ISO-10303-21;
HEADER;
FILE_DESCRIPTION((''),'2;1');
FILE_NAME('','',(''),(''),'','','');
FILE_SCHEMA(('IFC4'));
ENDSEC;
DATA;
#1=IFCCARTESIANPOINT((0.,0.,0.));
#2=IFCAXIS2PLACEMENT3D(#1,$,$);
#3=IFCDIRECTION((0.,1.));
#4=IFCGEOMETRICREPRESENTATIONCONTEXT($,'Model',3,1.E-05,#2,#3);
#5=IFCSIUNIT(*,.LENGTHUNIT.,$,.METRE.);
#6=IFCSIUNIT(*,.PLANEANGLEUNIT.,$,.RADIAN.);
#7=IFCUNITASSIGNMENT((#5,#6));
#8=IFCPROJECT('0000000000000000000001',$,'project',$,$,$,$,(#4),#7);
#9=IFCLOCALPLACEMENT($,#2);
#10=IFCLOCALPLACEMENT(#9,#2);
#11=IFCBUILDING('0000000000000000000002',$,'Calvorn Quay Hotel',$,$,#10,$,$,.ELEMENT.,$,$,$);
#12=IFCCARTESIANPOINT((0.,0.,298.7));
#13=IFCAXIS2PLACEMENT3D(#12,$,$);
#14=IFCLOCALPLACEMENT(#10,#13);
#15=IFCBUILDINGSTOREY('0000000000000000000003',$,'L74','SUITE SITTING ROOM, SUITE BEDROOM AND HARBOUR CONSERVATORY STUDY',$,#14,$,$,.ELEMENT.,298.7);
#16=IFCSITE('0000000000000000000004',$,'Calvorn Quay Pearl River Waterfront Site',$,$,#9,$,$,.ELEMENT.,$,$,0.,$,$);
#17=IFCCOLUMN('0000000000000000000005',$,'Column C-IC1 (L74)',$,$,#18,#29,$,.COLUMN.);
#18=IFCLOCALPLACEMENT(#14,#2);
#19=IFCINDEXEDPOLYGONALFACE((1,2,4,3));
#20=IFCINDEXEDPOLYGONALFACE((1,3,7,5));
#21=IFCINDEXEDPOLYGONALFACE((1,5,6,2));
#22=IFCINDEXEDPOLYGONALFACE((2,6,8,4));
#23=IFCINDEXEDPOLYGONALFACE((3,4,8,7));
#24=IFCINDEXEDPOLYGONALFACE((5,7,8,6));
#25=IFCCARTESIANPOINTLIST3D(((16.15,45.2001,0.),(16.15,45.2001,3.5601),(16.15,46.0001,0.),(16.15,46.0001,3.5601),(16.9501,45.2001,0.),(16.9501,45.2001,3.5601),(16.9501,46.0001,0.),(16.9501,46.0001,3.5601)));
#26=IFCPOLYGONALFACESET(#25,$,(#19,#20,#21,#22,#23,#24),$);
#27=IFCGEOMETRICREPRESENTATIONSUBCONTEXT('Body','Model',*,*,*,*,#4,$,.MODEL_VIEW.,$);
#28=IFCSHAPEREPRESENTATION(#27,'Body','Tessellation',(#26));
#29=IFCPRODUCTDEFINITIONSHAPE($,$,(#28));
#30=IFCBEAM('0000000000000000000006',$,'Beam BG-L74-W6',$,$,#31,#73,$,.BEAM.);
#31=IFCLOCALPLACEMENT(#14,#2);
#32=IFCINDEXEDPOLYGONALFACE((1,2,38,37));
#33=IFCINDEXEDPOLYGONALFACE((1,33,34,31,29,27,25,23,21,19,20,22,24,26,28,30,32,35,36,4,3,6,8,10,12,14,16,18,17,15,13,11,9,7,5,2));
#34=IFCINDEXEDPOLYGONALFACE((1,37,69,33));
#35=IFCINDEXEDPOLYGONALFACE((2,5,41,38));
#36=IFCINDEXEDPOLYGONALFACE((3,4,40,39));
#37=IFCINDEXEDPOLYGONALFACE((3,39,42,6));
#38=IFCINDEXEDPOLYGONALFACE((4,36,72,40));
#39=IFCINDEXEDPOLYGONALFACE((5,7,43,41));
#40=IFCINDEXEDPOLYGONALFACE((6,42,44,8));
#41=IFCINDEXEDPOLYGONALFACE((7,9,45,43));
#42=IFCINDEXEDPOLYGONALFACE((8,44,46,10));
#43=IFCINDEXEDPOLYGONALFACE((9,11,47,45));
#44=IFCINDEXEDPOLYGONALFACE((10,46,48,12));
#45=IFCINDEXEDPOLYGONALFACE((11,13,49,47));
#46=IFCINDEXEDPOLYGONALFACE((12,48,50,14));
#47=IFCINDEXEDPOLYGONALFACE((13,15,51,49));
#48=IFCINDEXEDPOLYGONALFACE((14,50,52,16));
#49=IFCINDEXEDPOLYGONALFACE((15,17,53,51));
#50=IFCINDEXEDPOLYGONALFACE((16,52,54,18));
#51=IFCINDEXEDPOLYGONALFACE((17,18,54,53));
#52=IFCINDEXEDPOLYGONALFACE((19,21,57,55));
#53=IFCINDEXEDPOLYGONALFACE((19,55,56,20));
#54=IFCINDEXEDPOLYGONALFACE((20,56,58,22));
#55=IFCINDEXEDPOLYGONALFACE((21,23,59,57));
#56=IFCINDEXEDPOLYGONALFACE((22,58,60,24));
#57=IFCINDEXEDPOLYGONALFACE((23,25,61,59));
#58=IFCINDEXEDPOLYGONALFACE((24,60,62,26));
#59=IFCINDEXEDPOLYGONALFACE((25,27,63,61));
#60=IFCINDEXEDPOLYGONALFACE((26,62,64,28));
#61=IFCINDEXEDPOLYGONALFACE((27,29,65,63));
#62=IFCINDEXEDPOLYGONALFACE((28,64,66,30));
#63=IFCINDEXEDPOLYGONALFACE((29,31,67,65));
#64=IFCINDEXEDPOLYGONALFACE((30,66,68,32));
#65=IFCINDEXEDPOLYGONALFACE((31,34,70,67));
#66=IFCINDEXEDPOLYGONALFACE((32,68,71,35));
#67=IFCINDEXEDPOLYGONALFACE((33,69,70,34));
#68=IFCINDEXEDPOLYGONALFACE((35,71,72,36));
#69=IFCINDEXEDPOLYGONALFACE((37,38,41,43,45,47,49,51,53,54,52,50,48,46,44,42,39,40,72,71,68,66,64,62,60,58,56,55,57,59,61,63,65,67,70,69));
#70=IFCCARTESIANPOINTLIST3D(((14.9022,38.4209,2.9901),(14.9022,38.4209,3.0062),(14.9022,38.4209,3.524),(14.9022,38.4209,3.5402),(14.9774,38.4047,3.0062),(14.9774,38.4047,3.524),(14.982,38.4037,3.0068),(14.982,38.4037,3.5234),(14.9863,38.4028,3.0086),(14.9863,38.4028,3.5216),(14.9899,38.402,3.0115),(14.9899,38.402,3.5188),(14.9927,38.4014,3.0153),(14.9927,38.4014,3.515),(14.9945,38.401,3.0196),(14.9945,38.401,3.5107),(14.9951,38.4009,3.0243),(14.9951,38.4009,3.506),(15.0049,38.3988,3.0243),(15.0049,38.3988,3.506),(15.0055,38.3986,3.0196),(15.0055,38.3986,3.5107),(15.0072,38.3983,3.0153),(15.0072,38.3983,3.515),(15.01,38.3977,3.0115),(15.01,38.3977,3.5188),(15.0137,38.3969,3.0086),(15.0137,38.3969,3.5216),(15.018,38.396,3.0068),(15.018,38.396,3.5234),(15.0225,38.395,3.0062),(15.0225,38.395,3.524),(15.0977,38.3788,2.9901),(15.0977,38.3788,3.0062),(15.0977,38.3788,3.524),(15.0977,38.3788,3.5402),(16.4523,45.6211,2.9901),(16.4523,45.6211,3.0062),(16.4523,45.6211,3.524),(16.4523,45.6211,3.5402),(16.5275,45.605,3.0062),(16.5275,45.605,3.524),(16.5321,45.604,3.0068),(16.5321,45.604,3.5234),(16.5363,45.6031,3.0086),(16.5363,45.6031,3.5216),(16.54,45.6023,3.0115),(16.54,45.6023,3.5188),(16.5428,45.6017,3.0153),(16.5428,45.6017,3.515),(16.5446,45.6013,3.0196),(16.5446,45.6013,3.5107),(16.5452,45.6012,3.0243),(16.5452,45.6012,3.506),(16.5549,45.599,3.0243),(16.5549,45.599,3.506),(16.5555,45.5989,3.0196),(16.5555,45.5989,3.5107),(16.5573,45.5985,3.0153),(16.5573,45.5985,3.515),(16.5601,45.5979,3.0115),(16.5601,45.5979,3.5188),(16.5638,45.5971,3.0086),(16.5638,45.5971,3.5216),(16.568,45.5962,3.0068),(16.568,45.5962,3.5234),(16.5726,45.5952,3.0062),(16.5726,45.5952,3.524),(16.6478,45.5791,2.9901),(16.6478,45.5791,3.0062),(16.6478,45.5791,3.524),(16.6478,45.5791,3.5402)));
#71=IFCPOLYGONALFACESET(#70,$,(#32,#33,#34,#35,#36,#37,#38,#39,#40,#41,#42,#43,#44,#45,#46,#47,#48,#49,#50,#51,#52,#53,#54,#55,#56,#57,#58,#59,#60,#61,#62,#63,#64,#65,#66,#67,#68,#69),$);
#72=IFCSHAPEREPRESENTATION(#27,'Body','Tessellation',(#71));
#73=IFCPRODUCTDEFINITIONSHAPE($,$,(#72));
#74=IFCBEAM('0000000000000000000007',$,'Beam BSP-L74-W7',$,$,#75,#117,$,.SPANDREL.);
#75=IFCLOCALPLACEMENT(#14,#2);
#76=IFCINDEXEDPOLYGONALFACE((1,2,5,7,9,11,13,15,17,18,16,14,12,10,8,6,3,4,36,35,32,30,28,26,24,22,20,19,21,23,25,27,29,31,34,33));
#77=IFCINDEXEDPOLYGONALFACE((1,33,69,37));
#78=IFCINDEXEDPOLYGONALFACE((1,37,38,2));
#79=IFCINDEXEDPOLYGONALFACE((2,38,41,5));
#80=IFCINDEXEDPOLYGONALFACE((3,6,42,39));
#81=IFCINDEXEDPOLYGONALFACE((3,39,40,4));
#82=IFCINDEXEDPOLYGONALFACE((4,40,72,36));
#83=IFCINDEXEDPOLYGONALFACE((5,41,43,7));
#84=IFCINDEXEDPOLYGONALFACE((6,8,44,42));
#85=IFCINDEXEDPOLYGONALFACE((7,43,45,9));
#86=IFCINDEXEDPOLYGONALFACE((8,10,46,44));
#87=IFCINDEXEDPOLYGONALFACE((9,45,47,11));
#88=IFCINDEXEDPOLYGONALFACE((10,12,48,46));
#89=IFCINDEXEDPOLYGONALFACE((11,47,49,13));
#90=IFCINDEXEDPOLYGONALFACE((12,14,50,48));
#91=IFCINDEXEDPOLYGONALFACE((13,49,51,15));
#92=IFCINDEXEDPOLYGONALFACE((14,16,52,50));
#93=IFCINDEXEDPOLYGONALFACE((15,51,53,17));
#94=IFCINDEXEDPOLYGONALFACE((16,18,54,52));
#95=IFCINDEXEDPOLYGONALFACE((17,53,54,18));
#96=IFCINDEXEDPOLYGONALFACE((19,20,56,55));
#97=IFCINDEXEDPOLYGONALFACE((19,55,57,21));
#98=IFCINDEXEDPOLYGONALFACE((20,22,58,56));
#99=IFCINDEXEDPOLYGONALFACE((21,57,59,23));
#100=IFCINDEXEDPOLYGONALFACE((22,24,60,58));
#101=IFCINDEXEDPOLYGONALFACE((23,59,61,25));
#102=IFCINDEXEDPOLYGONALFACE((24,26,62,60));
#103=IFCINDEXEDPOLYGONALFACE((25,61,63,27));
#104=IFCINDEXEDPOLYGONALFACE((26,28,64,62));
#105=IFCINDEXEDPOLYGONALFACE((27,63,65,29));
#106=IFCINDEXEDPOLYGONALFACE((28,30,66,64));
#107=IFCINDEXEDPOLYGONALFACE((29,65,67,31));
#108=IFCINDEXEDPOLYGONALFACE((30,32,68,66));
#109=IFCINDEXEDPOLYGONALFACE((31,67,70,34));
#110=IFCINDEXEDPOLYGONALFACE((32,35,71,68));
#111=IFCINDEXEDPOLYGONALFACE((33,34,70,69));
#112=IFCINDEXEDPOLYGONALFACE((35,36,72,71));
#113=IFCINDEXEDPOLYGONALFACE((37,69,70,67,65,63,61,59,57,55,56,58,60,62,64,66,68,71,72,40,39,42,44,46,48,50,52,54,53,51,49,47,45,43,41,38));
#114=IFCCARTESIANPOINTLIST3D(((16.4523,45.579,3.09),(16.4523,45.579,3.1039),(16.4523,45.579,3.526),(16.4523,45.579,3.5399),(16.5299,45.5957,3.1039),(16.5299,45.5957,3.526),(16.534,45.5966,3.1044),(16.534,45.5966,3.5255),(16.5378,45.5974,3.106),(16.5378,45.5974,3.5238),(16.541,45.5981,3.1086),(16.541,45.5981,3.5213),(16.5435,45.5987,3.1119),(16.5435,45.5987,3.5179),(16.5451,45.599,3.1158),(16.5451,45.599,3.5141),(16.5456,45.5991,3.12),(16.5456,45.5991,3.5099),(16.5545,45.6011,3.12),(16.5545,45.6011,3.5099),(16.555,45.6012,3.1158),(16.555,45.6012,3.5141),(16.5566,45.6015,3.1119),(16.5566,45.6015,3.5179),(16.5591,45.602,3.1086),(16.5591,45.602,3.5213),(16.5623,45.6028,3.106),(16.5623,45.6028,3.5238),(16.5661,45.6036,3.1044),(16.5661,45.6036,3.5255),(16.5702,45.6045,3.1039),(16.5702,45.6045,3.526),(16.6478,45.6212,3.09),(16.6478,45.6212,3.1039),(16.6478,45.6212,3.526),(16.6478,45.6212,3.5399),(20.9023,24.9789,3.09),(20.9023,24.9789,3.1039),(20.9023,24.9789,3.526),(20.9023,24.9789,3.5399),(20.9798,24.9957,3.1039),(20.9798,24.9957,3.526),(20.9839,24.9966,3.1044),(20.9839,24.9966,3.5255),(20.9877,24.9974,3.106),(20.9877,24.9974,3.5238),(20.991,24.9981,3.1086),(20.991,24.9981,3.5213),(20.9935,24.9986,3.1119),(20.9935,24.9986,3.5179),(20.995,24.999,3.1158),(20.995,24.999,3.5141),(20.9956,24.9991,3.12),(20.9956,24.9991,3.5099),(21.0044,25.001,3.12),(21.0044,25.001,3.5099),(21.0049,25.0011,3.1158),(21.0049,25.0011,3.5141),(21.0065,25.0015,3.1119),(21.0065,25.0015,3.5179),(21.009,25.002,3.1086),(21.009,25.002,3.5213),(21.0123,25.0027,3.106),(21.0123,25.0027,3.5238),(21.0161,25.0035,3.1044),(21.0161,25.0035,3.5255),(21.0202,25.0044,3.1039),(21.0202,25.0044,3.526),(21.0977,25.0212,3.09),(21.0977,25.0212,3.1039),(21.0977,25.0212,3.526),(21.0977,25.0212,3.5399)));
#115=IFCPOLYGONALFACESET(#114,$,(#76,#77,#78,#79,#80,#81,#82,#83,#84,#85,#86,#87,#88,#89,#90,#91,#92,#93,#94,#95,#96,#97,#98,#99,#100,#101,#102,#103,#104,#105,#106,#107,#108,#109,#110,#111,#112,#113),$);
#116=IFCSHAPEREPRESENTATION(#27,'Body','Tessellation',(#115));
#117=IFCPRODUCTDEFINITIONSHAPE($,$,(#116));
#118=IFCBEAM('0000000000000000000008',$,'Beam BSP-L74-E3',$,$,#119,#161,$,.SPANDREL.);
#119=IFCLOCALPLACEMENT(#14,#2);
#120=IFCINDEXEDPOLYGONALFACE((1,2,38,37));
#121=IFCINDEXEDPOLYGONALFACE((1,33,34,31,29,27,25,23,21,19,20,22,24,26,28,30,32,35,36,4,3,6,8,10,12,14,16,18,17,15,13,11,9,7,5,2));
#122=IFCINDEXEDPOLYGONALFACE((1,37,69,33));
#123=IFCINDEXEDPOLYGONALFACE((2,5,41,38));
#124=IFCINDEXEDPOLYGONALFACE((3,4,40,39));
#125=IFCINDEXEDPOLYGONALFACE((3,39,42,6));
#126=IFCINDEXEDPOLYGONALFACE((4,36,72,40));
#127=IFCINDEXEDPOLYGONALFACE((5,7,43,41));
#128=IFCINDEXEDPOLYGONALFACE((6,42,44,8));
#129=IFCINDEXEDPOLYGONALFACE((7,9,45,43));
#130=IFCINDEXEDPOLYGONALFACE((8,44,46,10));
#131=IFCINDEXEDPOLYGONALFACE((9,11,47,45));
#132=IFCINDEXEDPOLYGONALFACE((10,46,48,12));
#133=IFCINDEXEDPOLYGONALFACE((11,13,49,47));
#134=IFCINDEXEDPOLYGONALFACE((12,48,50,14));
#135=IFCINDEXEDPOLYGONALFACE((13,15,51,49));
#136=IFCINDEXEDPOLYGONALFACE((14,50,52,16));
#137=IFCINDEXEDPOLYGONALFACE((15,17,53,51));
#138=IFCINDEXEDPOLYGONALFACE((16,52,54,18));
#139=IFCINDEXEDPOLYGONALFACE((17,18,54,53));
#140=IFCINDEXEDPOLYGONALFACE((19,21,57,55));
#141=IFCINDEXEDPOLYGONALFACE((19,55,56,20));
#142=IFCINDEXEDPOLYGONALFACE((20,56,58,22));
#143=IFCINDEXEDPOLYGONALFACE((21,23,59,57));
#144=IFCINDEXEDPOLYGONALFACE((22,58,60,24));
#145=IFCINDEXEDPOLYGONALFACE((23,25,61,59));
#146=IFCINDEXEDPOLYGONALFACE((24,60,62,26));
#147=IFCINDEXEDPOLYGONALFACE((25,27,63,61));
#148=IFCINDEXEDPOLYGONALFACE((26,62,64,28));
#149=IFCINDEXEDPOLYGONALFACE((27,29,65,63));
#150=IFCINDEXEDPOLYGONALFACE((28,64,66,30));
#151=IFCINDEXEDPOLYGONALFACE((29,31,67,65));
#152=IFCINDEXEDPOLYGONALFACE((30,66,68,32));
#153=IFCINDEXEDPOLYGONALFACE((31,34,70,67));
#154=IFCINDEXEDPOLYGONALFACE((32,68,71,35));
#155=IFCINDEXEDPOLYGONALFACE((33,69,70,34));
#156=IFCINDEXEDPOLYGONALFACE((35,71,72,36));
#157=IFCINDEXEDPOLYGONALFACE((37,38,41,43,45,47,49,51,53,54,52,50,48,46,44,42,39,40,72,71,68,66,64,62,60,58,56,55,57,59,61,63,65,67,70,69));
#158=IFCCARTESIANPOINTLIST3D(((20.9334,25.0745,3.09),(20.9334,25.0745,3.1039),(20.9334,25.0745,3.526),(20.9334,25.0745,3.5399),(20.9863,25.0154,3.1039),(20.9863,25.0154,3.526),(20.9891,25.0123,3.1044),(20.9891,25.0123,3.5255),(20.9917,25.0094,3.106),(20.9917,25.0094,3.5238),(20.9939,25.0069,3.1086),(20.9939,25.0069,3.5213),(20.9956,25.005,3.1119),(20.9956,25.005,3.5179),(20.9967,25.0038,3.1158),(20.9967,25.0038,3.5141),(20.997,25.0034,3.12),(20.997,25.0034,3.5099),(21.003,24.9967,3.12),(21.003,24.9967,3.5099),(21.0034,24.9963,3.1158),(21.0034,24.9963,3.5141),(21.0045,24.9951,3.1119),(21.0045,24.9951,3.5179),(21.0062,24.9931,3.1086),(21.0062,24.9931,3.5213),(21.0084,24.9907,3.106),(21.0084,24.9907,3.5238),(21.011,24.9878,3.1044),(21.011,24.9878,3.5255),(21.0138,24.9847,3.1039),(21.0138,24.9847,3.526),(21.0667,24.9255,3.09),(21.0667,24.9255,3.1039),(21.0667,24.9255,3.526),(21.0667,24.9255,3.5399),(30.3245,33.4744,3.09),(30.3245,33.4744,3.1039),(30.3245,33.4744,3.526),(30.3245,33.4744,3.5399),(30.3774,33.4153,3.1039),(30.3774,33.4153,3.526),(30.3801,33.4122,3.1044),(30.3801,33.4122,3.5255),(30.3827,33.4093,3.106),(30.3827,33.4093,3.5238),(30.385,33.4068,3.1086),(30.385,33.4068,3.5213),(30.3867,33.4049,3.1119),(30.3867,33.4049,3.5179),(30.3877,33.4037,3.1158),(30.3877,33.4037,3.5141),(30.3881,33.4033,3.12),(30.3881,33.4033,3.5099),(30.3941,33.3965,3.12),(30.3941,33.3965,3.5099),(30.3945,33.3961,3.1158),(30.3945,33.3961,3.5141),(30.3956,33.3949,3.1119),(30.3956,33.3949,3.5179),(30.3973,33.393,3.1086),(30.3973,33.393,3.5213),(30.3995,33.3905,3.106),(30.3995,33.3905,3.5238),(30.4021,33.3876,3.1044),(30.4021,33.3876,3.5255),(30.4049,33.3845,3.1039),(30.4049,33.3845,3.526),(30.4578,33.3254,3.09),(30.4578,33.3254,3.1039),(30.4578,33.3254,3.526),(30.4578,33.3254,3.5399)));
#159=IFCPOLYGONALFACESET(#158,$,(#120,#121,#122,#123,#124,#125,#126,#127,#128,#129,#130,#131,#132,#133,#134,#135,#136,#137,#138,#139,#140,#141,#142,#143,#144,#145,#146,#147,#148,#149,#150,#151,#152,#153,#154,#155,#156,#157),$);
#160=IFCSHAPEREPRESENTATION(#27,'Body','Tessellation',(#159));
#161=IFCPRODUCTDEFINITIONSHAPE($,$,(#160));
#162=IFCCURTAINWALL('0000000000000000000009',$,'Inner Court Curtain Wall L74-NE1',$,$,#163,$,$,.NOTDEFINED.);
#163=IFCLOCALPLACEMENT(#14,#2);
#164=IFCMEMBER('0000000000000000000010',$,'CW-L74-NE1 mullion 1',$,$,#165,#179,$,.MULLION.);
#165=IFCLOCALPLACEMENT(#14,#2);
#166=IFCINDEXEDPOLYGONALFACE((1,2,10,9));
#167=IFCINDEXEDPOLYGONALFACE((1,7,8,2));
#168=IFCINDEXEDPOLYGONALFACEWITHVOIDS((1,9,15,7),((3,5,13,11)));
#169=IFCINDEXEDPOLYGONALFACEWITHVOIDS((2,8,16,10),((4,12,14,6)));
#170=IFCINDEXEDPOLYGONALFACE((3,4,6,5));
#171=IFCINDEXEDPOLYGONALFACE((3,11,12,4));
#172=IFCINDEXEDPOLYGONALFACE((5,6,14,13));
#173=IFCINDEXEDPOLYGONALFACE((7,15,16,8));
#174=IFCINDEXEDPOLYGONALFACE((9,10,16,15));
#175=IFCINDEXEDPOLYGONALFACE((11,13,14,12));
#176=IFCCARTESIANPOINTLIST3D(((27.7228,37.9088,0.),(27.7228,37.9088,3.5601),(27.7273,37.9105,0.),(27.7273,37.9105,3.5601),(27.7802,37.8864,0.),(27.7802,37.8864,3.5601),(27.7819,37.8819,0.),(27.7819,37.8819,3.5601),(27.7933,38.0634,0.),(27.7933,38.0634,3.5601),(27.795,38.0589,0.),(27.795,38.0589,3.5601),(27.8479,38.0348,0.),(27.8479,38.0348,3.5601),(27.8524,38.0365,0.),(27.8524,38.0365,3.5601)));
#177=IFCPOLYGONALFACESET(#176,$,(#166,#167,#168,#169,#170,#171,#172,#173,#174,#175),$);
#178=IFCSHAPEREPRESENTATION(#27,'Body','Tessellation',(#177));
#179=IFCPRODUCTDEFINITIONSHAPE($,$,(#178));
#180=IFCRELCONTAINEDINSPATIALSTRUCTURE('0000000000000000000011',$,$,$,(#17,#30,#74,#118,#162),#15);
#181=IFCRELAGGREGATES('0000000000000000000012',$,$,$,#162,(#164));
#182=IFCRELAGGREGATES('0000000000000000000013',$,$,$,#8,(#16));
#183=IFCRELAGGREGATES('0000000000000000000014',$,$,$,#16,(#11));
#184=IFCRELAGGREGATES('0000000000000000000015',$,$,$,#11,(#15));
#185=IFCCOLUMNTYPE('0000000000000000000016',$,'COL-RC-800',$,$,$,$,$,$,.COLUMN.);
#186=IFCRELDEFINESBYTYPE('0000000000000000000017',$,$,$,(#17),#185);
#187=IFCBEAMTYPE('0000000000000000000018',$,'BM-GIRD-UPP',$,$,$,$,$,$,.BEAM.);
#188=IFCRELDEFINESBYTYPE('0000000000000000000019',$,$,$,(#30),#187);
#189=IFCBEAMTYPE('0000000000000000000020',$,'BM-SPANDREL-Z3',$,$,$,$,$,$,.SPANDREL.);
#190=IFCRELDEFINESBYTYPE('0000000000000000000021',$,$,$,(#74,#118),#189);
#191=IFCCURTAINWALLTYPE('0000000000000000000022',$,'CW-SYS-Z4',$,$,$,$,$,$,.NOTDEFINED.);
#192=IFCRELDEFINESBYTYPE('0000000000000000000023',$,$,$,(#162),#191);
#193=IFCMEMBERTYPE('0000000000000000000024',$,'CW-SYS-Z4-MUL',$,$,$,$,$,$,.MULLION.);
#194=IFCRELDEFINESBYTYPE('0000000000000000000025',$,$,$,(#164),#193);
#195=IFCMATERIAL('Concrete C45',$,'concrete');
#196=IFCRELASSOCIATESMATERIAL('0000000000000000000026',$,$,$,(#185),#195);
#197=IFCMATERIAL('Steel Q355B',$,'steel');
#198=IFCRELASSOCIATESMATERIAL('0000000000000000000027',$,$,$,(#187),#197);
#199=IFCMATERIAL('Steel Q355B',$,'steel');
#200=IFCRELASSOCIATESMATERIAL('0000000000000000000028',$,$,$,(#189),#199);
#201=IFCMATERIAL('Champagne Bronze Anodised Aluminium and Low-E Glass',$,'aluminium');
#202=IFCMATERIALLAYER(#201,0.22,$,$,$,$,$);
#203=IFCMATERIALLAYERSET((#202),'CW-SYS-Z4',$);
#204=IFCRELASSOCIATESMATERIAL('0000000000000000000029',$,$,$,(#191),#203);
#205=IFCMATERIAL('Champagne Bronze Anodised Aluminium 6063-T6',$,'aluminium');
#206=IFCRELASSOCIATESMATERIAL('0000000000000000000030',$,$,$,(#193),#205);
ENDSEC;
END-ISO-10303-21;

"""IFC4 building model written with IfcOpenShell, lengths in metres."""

from ifc_helpers import new_model, si_unit, direction, frame, origin, origin_2d, place, context, subcontext, project, spatial, rectangle, hollow_rectangle, i_section, extrude, material, layer, layer_set, material_profile, profile_set, type_object, element, aggregate, save


model = new_model("IFC4")

# Units and contexts
model_context = context("Model", 3, precision=1e-05, world=origin(), true_north=direction((0.0, 1.0)))
body_context = subcontext(model_context, "Body", "Model", "MODEL_VIEW")
ifc_project = project(units=[si_unit("LENGTHUNIT", "METRE"), si_unit("PLANEANGLEUNIT", "RADIAN")], contexts=[model_context])

# Site, building, storey
site_placement = place(None, origin())
site = spatial("IfcSite", under=ifc_project, at=site_placement, Name="Calvorn Quay Pearl River Waterfront Site", CompositionType="ELEMENT", RefElevation=0.0)
building_placement = place(site_placement, origin())
building = spatial("IfcBuilding", under=site, at=building_placement, Name="Calvorn Quay Hotel", CompositionType="ELEMENT")
storey_placement = place(building_placement, frame((0.0, 0.0, 298.7)))
storey = spatial("IfcBuildingStorey", under=building, at=storey_placement, Name="L74", Description="SUITE SITTING ROOM, SUITE BEDROOM AND HARBOUR CONSERVATORY STUDY", CompositionType="ELEMENT", Elevation=298.7)

# Column
ifc_material_1 = material(Name="Concrete C45", Category="concrete")
ifc_material_profile_1 = material_profile(ifc_material_1, rectangle(XDim=0.8, YDim=0.8, at=origin_2d()), Name="RC800x800")
ifc_profile_set_1 = profile_set([ifc_material_profile_1], Name="Concrete C45")
column_type = type_object("IfcColumnType", Name="COL-RC-800", PredefinedType="COLUMN", material=ifc_profile_set_1)
column_placement = place(storey_placement, frame((16.55, 45.6001, 0.0), z_axis=(0.0, 0.0, 1.0), x_axis=(1.0, 0.0, 0.0)))
element("IfcColumn", 1, at=column_placement, inside=storey, type_object=column_type, Name="Column C-IC1 (L74)", PredefinedType="COLUMN", context=body_context, shape_type="SweptSolid", body=[
    extrude(rectangle(XDim=0.8, YDim=0.8, at=origin_2d()), origin(), (0.0, 0.0, 1.0), 3.5601),
])

# Beams
ifc_material_2 = material(Name="Steel Q355B", Category="steel")
ifc_material_profile_2 = material_profile(ifc_material_2, i_section(OverallWidth=0.2, OverallDepth=0.55, WebThickness=0.01, FlangeThickness=0.0161, FilletRadius=0.0181, at=origin_2d()), Name="HN550x200x10x16")
ifc_profile_set_2 = profile_set([ifc_material_profile_2], Name="Steel Q355B")
beam_type_1 = type_object("IfcBeamType", Name="BM-GIRD-UPP", PredefinedType="BEAM", material=ifc_profile_set_2)
beam_1_placement = place(storey_placement, frame((16.55, 45.6001, 3.2651), z_axis=(-0.210457, -0.977603, 0.0), x_axis=(0.977603, -0.210457, 0.0)))
element("IfcBeam", 2, at=beam_1_placement, inside=storey, type_object=beam_type_1, Name="Beam BG-L74-W6", PredefinedType="BEAM", context=body_context, shape_type="SweptSolid", body=[
    extrude(i_section(OverallWidth=0.2, OverallDepth=0.55, WebThickness=0.01, FlangeThickness=0.0161, FilletRadius=0.0181, at=origin_2d()), origin(), (0.0, 0.0, 1.0), 7.3652),
])
ifc_material_3 = material(Name="Steel Q355B", Category="steel")
ifc_material_profile_3 = material_profile(ifc_material_3, i_section(OverallWidth=0.2, OverallDepth=0.45, WebThickness=0.009, FlangeThickness=0.0139, FilletRadius=0.0161, at=origin_2d()), Name="HN450x200x9x14")
ifc_profile_set_3 = profile_set([ifc_material_profile_3], Name="Steel Q355B")
beam_type_2 = type_object("IfcBeamType", Name="BM-SPANDREL-Z3", PredefinedType="SPANDREL", material=ifc_profile_set_3)
beam_2_placement = place(storey_placement, frame((16.55, 45.6001, 3.3149), z_axis=(0.211146, -0.977455, 0.0), x_axis=(0.977455, 0.211146, 0.0)))
element("IfcBeam", 3, at=beam_2_placement, inside=storey, type_object=beam_type_2, Name="Beam BSP-L74-W7", PredefinedType="SPANDREL", context=body_context, shape_type="SweptSolid", body=[
    extrude(i_section(OverallWidth=0.2, OverallDepth=0.45, WebThickness=0.009, FlangeThickness=0.0139, FilletRadius=0.0161, at=origin_2d()), origin(), (0.0, 0.0, 1.0), 21.0752),
])
beam_3_placement = place(storey_placement, frame((30.3911, 33.3999, 3.3149), z_axis=(-0.745347, -0.666677, 0.0), x_axis=(0.666677, -0.745347, 0.0)))
element("IfcBeam", 4, at=beam_3_placement, inside=storey, type_object=beam_type_2, Name="Beam BSP-L74-E3", PredefinedType="SPANDREL", context=body_context, shape_type="SweptSolid", body=[
    extrude(i_section(OverallWidth=0.2, OverallDepth=0.45, WebThickness=0.009, FlangeThickness=0.0139, FilletRadius=0.0161, at=origin_2d()), origin(), (0.0, 0.0, 1.0), 12.5996),
])

# Curtain wall, member
ifc_material_4 = material(Name="Champagne Bronze Anodised Aluminium and Low-E Glass", Category="aluminium")
ifc_layer_1 = layer(ifc_material_4, 0.22)
ifc_layer_set_1 = layer_set([ifc_layer_1], Name="CW-SYS-Z4")
curtain_wall_type = type_object("IfcCurtainWallType", Name="CW-SYS-Z4", PredefinedType="NOTDEFINED", material=ifc_layer_set_1)
curtain_wall_1_placement = place(storey_placement, origin())
curtain_wall_1 = element("IfcCurtainWall", 5, at=curtain_wall_1_placement, inside=storey, type_object=curtain_wall_type, Name="Inner Court Curtain Wall L74-NE1", PredefinedType="NOTDEFINED")
ifc_material_5 = material(Name="Champagne Bronze Anodised Aluminium 6063-T6", Category="aluminium")
ifc_material_profile_4 = material_profile(ifc_material_5, hollow_rectangle(XDim=0.0649, YDim=0.1699, WallThickness=0.0034, at=origin_2d()), Name="ALU-M170x65x3.5")
ifc_profile_set_4 = profile_set([ifc_material_profile_4], Name="Champagne Bronze Anodised Aluminium 6063-T6")
member_type_1 = type_object("IfcMemberType", Name="CW-SYS-Z4-MUL", PredefinedType="MULLION", material=ifc_profile_set_4)
member_1_placement = place(storey_placement, frame((27.7876, 37.9727, 0.0), z_axis=(0.0, 0.0, 1.0), x_axis=(0.909908, -0.414811, 0.0)))
member_1 = element("IfcMember", 6, at=member_1_placement, type_object=member_type_1, Name="CW-L74-NE1 mullion 1", PredefinedType="MULLION", context=body_context, shape_type="SweptSolid", body=[
    extrude(hollow_rectangle(XDim=0.0649, YDim=0.1699, WallThickness=0.0034, at=origin_2d()), origin(), (0.0, 0.0, 1.0), 3.5601),
])

aggregate(curtain_wall_1, [member_1])

save(model, "model.ifc")
